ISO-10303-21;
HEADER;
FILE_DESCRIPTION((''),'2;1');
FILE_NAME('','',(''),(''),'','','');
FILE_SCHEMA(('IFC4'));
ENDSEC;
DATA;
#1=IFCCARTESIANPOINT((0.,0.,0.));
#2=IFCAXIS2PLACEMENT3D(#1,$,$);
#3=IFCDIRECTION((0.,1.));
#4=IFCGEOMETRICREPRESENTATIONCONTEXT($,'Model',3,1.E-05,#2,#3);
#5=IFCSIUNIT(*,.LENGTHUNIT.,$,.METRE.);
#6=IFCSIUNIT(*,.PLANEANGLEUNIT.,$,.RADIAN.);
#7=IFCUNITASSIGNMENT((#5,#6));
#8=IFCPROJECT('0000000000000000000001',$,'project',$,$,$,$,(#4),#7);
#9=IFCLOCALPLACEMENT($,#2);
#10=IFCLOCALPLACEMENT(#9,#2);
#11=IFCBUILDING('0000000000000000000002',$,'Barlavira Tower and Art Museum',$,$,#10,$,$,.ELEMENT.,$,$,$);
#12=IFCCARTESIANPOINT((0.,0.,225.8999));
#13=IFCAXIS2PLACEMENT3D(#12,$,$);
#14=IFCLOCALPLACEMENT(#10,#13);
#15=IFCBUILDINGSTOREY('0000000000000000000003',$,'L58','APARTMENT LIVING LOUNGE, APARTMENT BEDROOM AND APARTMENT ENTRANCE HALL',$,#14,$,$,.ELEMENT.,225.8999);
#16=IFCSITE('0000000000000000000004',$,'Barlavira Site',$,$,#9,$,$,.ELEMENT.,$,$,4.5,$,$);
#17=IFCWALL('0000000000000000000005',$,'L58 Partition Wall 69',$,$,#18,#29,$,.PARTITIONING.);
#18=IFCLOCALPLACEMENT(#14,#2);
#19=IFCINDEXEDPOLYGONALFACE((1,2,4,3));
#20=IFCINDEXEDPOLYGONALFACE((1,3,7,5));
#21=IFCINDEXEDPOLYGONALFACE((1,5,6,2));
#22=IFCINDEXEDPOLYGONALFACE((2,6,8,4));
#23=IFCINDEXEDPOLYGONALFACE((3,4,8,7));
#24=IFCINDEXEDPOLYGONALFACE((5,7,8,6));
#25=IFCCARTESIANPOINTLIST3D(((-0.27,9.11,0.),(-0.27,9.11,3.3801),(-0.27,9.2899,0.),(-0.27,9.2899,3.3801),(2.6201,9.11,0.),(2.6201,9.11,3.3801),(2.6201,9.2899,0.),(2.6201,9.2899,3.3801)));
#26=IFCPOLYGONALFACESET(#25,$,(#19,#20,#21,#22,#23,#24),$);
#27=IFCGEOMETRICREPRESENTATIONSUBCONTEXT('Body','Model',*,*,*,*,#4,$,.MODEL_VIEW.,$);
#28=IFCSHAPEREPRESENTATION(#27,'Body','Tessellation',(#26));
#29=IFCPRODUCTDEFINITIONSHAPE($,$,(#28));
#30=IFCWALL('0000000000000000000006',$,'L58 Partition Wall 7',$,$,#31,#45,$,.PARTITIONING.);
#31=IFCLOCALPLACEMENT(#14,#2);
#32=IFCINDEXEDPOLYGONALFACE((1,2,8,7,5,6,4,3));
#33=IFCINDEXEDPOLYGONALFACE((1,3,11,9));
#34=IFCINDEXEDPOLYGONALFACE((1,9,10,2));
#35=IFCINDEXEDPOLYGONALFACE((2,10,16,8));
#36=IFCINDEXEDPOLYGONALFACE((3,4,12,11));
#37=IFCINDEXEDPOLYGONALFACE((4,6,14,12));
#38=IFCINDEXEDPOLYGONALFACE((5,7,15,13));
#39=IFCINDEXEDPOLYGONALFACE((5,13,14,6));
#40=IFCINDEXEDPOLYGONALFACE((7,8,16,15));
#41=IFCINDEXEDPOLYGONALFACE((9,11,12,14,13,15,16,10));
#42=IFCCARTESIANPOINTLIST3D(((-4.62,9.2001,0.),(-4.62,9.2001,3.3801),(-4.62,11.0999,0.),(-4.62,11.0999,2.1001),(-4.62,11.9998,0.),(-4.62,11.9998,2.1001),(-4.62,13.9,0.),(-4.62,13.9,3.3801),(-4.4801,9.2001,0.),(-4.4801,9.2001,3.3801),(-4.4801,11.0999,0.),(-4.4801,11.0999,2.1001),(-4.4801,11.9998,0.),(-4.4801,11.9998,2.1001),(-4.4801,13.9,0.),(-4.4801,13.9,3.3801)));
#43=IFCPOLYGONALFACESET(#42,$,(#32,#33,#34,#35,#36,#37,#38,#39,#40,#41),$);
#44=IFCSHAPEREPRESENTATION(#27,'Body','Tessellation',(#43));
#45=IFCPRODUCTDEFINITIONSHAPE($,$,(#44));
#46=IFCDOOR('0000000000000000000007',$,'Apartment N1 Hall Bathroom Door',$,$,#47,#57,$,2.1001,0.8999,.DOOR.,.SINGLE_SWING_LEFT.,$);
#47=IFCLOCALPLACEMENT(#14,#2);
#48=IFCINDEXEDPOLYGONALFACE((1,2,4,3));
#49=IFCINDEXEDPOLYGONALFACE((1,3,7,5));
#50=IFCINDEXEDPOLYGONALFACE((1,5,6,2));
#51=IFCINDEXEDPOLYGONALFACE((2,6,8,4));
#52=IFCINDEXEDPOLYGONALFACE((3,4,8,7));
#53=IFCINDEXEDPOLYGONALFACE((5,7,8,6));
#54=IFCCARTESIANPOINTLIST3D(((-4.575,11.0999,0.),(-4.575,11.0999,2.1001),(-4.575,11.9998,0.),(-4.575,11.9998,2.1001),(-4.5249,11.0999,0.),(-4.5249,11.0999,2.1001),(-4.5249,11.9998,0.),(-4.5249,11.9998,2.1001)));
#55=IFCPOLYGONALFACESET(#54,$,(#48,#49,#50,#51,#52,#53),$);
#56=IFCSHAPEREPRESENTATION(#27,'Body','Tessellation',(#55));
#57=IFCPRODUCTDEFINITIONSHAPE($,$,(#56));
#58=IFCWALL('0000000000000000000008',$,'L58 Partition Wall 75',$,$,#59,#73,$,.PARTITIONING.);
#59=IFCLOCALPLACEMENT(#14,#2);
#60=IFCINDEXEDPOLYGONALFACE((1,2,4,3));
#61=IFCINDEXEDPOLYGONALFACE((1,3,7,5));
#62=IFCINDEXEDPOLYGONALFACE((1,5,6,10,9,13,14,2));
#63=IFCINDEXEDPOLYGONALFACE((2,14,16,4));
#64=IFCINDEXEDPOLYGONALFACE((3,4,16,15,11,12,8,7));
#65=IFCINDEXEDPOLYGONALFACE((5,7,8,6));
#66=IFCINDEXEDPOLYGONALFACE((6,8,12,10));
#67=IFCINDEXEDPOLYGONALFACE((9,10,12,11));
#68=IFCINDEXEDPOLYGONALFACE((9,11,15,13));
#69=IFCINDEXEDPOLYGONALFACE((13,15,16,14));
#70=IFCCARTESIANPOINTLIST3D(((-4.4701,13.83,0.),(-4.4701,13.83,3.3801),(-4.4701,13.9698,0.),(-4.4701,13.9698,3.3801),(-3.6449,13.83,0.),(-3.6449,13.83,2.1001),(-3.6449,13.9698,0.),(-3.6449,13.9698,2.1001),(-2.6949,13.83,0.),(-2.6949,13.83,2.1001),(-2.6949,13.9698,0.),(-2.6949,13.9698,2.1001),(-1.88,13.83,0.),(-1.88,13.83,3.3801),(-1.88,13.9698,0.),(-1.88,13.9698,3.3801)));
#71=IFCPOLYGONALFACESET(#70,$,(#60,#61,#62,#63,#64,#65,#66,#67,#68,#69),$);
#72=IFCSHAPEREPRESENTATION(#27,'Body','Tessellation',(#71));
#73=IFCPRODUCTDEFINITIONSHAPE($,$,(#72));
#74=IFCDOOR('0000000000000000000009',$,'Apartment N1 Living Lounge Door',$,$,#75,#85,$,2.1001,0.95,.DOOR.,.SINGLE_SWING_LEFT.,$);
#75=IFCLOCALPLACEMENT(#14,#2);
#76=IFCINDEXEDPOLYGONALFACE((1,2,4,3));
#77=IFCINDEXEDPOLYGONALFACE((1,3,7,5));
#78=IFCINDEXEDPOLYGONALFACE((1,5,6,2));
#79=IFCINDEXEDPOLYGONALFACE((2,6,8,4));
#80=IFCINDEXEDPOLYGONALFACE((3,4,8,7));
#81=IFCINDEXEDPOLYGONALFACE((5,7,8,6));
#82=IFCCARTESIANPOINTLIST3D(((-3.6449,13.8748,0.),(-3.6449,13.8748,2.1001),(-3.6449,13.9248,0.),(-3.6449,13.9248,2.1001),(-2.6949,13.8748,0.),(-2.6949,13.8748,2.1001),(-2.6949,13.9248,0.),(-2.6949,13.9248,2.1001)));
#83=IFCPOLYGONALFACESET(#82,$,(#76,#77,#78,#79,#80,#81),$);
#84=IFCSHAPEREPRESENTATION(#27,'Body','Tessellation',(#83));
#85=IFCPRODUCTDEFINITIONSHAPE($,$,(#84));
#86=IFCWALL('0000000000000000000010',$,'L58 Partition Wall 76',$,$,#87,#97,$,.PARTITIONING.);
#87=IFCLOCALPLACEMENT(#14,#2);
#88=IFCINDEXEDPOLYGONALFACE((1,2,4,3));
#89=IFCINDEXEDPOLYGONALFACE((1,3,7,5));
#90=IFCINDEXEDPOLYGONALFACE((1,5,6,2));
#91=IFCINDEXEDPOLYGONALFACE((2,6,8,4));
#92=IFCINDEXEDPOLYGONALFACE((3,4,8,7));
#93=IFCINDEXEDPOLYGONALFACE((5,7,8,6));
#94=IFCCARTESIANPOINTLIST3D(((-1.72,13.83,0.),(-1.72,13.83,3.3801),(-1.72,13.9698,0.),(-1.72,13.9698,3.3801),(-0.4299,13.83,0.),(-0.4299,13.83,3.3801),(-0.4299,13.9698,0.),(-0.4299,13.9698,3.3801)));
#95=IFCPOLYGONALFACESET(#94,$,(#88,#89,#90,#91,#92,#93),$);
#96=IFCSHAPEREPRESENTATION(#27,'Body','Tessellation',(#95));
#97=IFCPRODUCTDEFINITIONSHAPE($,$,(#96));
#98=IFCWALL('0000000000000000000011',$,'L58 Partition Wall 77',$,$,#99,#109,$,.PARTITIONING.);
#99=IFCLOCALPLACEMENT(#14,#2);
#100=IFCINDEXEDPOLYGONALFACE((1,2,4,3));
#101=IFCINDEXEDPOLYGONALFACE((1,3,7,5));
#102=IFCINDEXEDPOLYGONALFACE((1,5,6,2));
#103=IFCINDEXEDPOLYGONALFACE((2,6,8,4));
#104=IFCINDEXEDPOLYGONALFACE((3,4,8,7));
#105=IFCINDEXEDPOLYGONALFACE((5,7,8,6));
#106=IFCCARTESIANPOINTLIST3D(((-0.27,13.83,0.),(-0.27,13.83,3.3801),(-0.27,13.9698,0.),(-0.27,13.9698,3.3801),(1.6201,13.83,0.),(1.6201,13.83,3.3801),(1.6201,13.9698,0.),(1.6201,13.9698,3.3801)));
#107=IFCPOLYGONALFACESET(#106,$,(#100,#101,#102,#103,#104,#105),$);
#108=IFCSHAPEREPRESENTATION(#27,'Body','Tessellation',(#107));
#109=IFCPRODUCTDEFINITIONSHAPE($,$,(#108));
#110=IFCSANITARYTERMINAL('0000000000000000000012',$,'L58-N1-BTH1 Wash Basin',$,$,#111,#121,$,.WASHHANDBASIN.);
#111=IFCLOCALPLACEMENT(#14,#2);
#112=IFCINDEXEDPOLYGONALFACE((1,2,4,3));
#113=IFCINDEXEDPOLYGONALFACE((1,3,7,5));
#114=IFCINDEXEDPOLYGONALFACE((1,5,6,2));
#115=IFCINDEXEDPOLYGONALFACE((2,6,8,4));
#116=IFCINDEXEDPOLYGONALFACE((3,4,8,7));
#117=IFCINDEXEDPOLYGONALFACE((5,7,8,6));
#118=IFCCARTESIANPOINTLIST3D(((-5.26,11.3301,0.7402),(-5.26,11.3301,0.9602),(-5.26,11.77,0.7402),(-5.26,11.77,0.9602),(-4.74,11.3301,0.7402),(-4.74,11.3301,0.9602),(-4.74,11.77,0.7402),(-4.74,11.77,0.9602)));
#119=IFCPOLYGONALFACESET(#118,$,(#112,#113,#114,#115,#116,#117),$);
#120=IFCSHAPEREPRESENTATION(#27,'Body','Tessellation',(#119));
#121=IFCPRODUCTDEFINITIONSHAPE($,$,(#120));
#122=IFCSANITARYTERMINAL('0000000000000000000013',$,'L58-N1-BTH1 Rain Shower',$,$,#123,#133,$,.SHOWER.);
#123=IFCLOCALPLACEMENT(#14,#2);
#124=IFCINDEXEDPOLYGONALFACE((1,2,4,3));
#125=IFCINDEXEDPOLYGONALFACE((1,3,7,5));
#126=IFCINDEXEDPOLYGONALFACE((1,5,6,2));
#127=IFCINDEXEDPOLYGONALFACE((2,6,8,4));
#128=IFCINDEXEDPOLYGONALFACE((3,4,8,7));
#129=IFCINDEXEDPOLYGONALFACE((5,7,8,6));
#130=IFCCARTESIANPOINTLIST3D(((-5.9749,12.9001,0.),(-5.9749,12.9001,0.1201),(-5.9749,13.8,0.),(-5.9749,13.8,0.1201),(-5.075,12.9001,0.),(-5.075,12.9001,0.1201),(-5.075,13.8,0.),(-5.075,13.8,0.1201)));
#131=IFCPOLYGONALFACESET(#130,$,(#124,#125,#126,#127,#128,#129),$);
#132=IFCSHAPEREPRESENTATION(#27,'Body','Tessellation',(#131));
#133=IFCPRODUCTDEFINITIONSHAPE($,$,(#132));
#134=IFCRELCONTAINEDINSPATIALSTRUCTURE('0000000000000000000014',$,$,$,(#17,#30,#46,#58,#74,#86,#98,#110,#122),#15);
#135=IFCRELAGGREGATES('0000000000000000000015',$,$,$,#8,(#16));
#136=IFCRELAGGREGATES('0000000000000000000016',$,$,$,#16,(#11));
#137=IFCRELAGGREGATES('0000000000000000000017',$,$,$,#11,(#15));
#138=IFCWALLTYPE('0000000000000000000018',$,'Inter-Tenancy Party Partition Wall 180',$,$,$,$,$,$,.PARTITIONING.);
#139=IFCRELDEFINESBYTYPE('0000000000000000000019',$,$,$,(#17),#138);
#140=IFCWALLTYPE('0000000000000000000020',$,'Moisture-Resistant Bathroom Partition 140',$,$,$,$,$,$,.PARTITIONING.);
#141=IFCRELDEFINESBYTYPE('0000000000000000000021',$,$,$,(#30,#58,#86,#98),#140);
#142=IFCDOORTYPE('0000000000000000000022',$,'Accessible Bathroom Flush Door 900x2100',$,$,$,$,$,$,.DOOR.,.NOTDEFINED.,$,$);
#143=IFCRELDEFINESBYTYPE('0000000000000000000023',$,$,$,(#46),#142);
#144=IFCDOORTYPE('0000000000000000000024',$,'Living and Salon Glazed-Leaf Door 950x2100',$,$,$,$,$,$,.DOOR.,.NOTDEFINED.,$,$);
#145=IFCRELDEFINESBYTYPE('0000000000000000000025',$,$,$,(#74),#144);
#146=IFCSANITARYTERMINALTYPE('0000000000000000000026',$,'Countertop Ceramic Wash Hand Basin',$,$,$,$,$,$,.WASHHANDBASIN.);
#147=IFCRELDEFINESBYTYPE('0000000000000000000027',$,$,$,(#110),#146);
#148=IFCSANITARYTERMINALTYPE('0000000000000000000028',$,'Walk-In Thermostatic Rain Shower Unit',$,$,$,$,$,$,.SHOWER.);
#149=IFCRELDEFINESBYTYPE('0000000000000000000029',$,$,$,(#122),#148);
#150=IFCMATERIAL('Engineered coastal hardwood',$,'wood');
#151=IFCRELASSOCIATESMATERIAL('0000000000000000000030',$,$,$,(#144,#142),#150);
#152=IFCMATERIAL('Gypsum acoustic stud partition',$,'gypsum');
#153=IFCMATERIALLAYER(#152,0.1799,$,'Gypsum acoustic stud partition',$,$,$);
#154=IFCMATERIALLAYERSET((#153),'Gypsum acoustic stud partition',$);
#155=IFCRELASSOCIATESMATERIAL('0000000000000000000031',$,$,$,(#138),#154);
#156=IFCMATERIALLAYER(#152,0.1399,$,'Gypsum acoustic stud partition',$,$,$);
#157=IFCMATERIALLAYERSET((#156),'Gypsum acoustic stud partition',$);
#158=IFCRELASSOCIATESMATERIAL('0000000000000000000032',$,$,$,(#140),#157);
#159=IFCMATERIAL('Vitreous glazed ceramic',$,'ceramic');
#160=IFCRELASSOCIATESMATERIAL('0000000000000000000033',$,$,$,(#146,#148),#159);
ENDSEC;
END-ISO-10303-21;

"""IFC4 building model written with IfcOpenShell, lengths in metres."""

from ifc_helpers import new_model, si_unit, direction, frame, frame_2d, origin, origin_2d, place, context, subcontext, project, spatial, rectangle, extrude, material, layer, layer_set, type_object, element, fill, save


model = new_model("IFC4")

# Units and contexts
model_context = context("Model", 3, precision=1e-05, world=origin(), true_north=direction((0.0, 1.0)))
body_context = subcontext(model_context, "Body", "Model", "MODEL_VIEW")
ifc_project = project(units=[si_unit("LENGTHUNIT", "METRE"), si_unit("PLANEANGLEUNIT", "RADIAN")], contexts=[model_context])

# Site, building, storey
site_placement = place(None, origin())
site = spatial("IfcSite", under=ifc_project, at=site_placement, Name="Barlavira Site", CompositionType="ELEMENT", RefElevation=4.5)
building_placement = place(site_placement, origin())
building = spatial("IfcBuilding", under=site, at=building_placement, Name="Barlavira Tower and Art Museum", CompositionType="ELEMENT")
storey_placement = place(building_placement, frame((0.0, 0.0, 225.8999)))
storey = spatial("IfcBuildingStorey", under=building, at=storey_placement, Name="L58", Description="APARTMENT LIVING LOUNGE, APARTMENT BEDROOM AND APARTMENT ENTRANCE HALL", CompositionType="ELEMENT", Elevation=225.8999)

# Shared definitions
ifc_material_1 = material(Name="Gypsum acoustic stud partition", Category="gypsum")
ifc_material_2 = material(Name="Engineered coastal hardwood", Category="wood")
door_type_1 = type_object("IfcDoorType", Name="Living and Salon Glazed-Leaf Door 950x2100", OperationType="NOTDEFINED", PredefinedType="DOOR", material=ifc_material_2)
ifc_layer_1 = layer(ifc_material_1, 0.1799, Name="Gypsum acoustic stud partition")
ifc_layer_set_1 = layer_set([ifc_layer_1], Name="Gypsum acoustic stud partition")
wall_type_1 = type_object("IfcWallType", Name="Inter-Tenancy Party Partition Wall 180", PredefinedType="PARTITIONING", material=ifc_layer_set_1)

# Wall
wall_1_placement = place(storey_placement, frame((-0.27, 9.2, 0.0), z_axis=(0.0, 0.0, 1.0), x_axis=(1.0, 0.0, 0.0)))
element("IfcWall", 1, at=wall_1_placement, inside=storey, type_object=wall_type_1, Name="L58 Partition Wall 69", PredefinedType="PARTITIONING", context=body_context, shape_type="SweptSolid", body=[
    extrude(rectangle(XDim=2.8901, YDim=0.1799, at=frame_2d((1.4451, 0.0))), origin(), (0.0, 0.0, 1.0), 3.3801),
])

# Walls, openings, doors
ifc_layer_2 = layer(ifc_material_1, 0.1399, Name="Gypsum acoustic stud partition")
ifc_layer_set_2 = layer_set([ifc_layer_2], Name="Gypsum acoustic stud partition")
wall_type_2 = type_object("IfcWallType", Name="Moisture-Resistant Bathroom Partition 140", PredefinedType="PARTITIONING", material=ifc_layer_set_2)
wall_2_placement = place(storey_placement, frame((-4.55, 9.2, 0.0), z_axis=(0.0, 0.0, 1.0), x_axis=(0.0, 1.0, 0.0)))
wall_2 = element("IfcWall", 2, at=wall_2_placement, inside=storey, type_object=wall_type_2, Name="L58 Partition Wall 7", PredefinedType="PARTITIONING", context=body_context, shape_type="SweptSolid", body=[
    extrude(rectangle(XDim=4.7, YDim=0.1399, at=frame_2d((2.3501, 0.0))), origin(), (0.0, 0.0, 1.0), 3.3801),
])
opening_1_placement = place(wall_2_placement, frame((1.8999, 0.0, 0.0)))
opening_1 = element("IfcOpeningElement", 3, at=opening_1_placement, cuts=wall_2, PredefinedType="OPENING", context=body_context, shape_type="SweptSolid", body=[
    extrude(rectangle(XDim=0.8999, YDim=2.1001, at=frame_2d((0.45, 1.05))), frame((0.0, 0.0801, 0.0), z_axis=(0.0, -1.0, 0.0), x_axis=(1.0, 0.0, 0.0)), (0.0, 0.0, 1.0), 0.1599),
])
door_type_2 = type_object("IfcDoorType", Name="Accessible Bathroom Flush Door 900x2100", OperationType="NOTDEFINED", PredefinedType="DOOR", material=ifc_material_2)
door_1_placement = place(opening_1_placement, origin())
door_1 = element("IfcDoor", 4, at=door_1_placement, inside=storey, type_object=door_type_2, Name="Apartment N1 Hall Bathroom Door", OperationType="SINGLE_SWING_LEFT", OverallHeight=2.1001, OverallWidth=0.8999, PredefinedType="DOOR", context=body_context, shape_type="SweptSolid", body=[
    extrude(rectangle(XDim=0.8999, YDim=2.1001, at=frame_2d((0.45, 1.05))), frame((0.0, 0.0249, 0.0), z_axis=(0.0, -1.0, 0.0), x_axis=(1.0, 0.0, 0.0)), (0.0, 0.0, 1.0), 0.05),
])
fill(opening_1, door_1)
wall_3_placement = place(storey_placement, frame((-4.47, 13.8999, 0.0), z_axis=(0.0, 0.0, 1.0), x_axis=(1.0, 0.0, 0.0)))
wall_3 = element("IfcWall", 5, at=wall_3_placement, inside=storey, type_object=wall_type_2, Name="L58 Partition Wall 75", PredefinedType="PARTITIONING", context=body_context, shape_type="SweptSolid", body=[
    extrude(rectangle(XDim=2.5901, YDim=0.1399, at=frame_2d((1.2949, 0.0))), origin(), (0.0, 0.0, 1.0), 3.3801),
])
opening_2_placement = place(wall_3_placement, frame((0.825, 0.0, 0.0)))
opening_2 = element("IfcOpeningElement", 6, at=opening_2_placement, cuts=wall_3, PredefinedType="OPENING", context=body_context, shape_type="SweptSolid", body=[
    extrude(rectangle(XDim=0.95, YDim=2.1001, at=frame_2d((0.4751, 1.05))), frame((0.0, 0.0801, 0.0), z_axis=(0.0, -1.0, 0.0), x_axis=(1.0, 0.0, 0.0)), (0.0, 0.0, 1.0), 0.1599),
])
door_2_placement = place(opening_2_placement, origin())
door_2 = element("IfcDoor", 7, at=door_2_placement, inside=storey, type_object=door_type_1, Name="Apartment N1 Living Lounge Door", OperationType="SINGLE_SWING_LEFT", OverallHeight=2.1001, OverallWidth=0.95, PredefinedType="DOOR", context=body_context, shape_type="SweptSolid", body=[
    extrude(rectangle(XDim=0.95, YDim=2.1001, at=frame_2d((0.4751, 1.05))), frame((0.0, 0.0249, 0.0), z_axis=(0.0, -1.0, 0.0), x_axis=(1.0, 0.0, 0.0)), (0.0, 0.0, 1.0), 0.05),
])
fill(opening_2, door_2)

# Walls
wall_4_placement = place(storey_placement, frame((-1.72, 13.8999, 0.0), z_axis=(0.0, 0.0, 1.0), x_axis=(1.0, 0.0, 0.0)))
element("IfcWall", 8, at=wall_4_placement, inside=storey, type_object=wall_type_2, Name="L58 Partition Wall 76", PredefinedType="PARTITIONING", context=body_context, shape_type="SweptSolid", body=[
    extrude(rectangle(XDim=1.29, YDim=0.1399, at=frame_2d((0.645, 0.0))), origin(), (0.0, 0.0, 1.0), 3.3801),
])
wall_5_placement = place(storey_placement, frame((-0.27, 13.8999, 0.0), z_axis=(0.0, 0.0, 1.0), x_axis=(1.0, 0.0, 0.0)))
element("IfcWall", 9, at=wall_5_placement, inside=storey, type_object=wall_type_2, Name="L58 Partition Wall 77", PredefinedType="PARTITIONING", context=body_context, shape_type="SweptSolid", body=[
    extrude(rectangle(XDim=1.8901, YDim=0.1399, at=frame_2d((0.9451, 0.0))), origin(), (0.0, 0.0, 1.0), 3.3801),
])

# Sanitary terminals
ifc_material_3 = material(Name="Vitreous glazed ceramic", Category="ceramic")
sanitary_terminal_type_1 = type_object("IfcSanitaryTerminalType", Name="Countertop Ceramic Wash Hand Basin", PredefinedType="WASHHANDBASIN", material=ifc_material_3)
sanitary_terminal_1_placement = place(storey_placement, frame((-5.0, 11.55, 0.7402), z_axis=(0.0, 0.0, 1.0), x_axis=(1.0, 0.0, 0.0)))
element("IfcSanitaryTerminal", 10, at=sanitary_terminal_1_placement, inside=storey, type_object=sanitary_terminal_type_1, Name="L58-N1-BTH1 Wash Basin", PredefinedType="WASHHANDBASIN", context=body_context, shape_type="SweptSolid", body=[
    extrude(rectangle(XDim=0.52, YDim=0.4399, at=origin_2d()), origin(), (0.0, 0.0, 1.0), 0.22),
])
sanitary_terminal_type_2 = type_object("IfcSanitaryTerminalType", Name="Walk-In Thermostatic Rain Shower Unit", PredefinedType="SHOWER", material=ifc_material_3)
sanitary_terminal_2_placement = place(storey_placement, frame((-5.5249, 13.3501, 0.0), z_axis=(0.0, 0.0, 1.0), x_axis=(1.0, 0.0, 0.0)))
element("IfcSanitaryTerminal", 11, at=sanitary_terminal_2_placement, inside=storey, type_object=sanitary_terminal_type_2, Name="L58-N1-BTH1 Rain Shower", PredefinedType="SHOWER", context=body_context, shape_type="SweptSolid", body=[
    extrude(rectangle(XDim=0.8999, YDim=0.8999, at=origin_2d()), origin(), (0.0, 0.0, 1.0), 0.1201),
])

save(model, "model.ifc")
